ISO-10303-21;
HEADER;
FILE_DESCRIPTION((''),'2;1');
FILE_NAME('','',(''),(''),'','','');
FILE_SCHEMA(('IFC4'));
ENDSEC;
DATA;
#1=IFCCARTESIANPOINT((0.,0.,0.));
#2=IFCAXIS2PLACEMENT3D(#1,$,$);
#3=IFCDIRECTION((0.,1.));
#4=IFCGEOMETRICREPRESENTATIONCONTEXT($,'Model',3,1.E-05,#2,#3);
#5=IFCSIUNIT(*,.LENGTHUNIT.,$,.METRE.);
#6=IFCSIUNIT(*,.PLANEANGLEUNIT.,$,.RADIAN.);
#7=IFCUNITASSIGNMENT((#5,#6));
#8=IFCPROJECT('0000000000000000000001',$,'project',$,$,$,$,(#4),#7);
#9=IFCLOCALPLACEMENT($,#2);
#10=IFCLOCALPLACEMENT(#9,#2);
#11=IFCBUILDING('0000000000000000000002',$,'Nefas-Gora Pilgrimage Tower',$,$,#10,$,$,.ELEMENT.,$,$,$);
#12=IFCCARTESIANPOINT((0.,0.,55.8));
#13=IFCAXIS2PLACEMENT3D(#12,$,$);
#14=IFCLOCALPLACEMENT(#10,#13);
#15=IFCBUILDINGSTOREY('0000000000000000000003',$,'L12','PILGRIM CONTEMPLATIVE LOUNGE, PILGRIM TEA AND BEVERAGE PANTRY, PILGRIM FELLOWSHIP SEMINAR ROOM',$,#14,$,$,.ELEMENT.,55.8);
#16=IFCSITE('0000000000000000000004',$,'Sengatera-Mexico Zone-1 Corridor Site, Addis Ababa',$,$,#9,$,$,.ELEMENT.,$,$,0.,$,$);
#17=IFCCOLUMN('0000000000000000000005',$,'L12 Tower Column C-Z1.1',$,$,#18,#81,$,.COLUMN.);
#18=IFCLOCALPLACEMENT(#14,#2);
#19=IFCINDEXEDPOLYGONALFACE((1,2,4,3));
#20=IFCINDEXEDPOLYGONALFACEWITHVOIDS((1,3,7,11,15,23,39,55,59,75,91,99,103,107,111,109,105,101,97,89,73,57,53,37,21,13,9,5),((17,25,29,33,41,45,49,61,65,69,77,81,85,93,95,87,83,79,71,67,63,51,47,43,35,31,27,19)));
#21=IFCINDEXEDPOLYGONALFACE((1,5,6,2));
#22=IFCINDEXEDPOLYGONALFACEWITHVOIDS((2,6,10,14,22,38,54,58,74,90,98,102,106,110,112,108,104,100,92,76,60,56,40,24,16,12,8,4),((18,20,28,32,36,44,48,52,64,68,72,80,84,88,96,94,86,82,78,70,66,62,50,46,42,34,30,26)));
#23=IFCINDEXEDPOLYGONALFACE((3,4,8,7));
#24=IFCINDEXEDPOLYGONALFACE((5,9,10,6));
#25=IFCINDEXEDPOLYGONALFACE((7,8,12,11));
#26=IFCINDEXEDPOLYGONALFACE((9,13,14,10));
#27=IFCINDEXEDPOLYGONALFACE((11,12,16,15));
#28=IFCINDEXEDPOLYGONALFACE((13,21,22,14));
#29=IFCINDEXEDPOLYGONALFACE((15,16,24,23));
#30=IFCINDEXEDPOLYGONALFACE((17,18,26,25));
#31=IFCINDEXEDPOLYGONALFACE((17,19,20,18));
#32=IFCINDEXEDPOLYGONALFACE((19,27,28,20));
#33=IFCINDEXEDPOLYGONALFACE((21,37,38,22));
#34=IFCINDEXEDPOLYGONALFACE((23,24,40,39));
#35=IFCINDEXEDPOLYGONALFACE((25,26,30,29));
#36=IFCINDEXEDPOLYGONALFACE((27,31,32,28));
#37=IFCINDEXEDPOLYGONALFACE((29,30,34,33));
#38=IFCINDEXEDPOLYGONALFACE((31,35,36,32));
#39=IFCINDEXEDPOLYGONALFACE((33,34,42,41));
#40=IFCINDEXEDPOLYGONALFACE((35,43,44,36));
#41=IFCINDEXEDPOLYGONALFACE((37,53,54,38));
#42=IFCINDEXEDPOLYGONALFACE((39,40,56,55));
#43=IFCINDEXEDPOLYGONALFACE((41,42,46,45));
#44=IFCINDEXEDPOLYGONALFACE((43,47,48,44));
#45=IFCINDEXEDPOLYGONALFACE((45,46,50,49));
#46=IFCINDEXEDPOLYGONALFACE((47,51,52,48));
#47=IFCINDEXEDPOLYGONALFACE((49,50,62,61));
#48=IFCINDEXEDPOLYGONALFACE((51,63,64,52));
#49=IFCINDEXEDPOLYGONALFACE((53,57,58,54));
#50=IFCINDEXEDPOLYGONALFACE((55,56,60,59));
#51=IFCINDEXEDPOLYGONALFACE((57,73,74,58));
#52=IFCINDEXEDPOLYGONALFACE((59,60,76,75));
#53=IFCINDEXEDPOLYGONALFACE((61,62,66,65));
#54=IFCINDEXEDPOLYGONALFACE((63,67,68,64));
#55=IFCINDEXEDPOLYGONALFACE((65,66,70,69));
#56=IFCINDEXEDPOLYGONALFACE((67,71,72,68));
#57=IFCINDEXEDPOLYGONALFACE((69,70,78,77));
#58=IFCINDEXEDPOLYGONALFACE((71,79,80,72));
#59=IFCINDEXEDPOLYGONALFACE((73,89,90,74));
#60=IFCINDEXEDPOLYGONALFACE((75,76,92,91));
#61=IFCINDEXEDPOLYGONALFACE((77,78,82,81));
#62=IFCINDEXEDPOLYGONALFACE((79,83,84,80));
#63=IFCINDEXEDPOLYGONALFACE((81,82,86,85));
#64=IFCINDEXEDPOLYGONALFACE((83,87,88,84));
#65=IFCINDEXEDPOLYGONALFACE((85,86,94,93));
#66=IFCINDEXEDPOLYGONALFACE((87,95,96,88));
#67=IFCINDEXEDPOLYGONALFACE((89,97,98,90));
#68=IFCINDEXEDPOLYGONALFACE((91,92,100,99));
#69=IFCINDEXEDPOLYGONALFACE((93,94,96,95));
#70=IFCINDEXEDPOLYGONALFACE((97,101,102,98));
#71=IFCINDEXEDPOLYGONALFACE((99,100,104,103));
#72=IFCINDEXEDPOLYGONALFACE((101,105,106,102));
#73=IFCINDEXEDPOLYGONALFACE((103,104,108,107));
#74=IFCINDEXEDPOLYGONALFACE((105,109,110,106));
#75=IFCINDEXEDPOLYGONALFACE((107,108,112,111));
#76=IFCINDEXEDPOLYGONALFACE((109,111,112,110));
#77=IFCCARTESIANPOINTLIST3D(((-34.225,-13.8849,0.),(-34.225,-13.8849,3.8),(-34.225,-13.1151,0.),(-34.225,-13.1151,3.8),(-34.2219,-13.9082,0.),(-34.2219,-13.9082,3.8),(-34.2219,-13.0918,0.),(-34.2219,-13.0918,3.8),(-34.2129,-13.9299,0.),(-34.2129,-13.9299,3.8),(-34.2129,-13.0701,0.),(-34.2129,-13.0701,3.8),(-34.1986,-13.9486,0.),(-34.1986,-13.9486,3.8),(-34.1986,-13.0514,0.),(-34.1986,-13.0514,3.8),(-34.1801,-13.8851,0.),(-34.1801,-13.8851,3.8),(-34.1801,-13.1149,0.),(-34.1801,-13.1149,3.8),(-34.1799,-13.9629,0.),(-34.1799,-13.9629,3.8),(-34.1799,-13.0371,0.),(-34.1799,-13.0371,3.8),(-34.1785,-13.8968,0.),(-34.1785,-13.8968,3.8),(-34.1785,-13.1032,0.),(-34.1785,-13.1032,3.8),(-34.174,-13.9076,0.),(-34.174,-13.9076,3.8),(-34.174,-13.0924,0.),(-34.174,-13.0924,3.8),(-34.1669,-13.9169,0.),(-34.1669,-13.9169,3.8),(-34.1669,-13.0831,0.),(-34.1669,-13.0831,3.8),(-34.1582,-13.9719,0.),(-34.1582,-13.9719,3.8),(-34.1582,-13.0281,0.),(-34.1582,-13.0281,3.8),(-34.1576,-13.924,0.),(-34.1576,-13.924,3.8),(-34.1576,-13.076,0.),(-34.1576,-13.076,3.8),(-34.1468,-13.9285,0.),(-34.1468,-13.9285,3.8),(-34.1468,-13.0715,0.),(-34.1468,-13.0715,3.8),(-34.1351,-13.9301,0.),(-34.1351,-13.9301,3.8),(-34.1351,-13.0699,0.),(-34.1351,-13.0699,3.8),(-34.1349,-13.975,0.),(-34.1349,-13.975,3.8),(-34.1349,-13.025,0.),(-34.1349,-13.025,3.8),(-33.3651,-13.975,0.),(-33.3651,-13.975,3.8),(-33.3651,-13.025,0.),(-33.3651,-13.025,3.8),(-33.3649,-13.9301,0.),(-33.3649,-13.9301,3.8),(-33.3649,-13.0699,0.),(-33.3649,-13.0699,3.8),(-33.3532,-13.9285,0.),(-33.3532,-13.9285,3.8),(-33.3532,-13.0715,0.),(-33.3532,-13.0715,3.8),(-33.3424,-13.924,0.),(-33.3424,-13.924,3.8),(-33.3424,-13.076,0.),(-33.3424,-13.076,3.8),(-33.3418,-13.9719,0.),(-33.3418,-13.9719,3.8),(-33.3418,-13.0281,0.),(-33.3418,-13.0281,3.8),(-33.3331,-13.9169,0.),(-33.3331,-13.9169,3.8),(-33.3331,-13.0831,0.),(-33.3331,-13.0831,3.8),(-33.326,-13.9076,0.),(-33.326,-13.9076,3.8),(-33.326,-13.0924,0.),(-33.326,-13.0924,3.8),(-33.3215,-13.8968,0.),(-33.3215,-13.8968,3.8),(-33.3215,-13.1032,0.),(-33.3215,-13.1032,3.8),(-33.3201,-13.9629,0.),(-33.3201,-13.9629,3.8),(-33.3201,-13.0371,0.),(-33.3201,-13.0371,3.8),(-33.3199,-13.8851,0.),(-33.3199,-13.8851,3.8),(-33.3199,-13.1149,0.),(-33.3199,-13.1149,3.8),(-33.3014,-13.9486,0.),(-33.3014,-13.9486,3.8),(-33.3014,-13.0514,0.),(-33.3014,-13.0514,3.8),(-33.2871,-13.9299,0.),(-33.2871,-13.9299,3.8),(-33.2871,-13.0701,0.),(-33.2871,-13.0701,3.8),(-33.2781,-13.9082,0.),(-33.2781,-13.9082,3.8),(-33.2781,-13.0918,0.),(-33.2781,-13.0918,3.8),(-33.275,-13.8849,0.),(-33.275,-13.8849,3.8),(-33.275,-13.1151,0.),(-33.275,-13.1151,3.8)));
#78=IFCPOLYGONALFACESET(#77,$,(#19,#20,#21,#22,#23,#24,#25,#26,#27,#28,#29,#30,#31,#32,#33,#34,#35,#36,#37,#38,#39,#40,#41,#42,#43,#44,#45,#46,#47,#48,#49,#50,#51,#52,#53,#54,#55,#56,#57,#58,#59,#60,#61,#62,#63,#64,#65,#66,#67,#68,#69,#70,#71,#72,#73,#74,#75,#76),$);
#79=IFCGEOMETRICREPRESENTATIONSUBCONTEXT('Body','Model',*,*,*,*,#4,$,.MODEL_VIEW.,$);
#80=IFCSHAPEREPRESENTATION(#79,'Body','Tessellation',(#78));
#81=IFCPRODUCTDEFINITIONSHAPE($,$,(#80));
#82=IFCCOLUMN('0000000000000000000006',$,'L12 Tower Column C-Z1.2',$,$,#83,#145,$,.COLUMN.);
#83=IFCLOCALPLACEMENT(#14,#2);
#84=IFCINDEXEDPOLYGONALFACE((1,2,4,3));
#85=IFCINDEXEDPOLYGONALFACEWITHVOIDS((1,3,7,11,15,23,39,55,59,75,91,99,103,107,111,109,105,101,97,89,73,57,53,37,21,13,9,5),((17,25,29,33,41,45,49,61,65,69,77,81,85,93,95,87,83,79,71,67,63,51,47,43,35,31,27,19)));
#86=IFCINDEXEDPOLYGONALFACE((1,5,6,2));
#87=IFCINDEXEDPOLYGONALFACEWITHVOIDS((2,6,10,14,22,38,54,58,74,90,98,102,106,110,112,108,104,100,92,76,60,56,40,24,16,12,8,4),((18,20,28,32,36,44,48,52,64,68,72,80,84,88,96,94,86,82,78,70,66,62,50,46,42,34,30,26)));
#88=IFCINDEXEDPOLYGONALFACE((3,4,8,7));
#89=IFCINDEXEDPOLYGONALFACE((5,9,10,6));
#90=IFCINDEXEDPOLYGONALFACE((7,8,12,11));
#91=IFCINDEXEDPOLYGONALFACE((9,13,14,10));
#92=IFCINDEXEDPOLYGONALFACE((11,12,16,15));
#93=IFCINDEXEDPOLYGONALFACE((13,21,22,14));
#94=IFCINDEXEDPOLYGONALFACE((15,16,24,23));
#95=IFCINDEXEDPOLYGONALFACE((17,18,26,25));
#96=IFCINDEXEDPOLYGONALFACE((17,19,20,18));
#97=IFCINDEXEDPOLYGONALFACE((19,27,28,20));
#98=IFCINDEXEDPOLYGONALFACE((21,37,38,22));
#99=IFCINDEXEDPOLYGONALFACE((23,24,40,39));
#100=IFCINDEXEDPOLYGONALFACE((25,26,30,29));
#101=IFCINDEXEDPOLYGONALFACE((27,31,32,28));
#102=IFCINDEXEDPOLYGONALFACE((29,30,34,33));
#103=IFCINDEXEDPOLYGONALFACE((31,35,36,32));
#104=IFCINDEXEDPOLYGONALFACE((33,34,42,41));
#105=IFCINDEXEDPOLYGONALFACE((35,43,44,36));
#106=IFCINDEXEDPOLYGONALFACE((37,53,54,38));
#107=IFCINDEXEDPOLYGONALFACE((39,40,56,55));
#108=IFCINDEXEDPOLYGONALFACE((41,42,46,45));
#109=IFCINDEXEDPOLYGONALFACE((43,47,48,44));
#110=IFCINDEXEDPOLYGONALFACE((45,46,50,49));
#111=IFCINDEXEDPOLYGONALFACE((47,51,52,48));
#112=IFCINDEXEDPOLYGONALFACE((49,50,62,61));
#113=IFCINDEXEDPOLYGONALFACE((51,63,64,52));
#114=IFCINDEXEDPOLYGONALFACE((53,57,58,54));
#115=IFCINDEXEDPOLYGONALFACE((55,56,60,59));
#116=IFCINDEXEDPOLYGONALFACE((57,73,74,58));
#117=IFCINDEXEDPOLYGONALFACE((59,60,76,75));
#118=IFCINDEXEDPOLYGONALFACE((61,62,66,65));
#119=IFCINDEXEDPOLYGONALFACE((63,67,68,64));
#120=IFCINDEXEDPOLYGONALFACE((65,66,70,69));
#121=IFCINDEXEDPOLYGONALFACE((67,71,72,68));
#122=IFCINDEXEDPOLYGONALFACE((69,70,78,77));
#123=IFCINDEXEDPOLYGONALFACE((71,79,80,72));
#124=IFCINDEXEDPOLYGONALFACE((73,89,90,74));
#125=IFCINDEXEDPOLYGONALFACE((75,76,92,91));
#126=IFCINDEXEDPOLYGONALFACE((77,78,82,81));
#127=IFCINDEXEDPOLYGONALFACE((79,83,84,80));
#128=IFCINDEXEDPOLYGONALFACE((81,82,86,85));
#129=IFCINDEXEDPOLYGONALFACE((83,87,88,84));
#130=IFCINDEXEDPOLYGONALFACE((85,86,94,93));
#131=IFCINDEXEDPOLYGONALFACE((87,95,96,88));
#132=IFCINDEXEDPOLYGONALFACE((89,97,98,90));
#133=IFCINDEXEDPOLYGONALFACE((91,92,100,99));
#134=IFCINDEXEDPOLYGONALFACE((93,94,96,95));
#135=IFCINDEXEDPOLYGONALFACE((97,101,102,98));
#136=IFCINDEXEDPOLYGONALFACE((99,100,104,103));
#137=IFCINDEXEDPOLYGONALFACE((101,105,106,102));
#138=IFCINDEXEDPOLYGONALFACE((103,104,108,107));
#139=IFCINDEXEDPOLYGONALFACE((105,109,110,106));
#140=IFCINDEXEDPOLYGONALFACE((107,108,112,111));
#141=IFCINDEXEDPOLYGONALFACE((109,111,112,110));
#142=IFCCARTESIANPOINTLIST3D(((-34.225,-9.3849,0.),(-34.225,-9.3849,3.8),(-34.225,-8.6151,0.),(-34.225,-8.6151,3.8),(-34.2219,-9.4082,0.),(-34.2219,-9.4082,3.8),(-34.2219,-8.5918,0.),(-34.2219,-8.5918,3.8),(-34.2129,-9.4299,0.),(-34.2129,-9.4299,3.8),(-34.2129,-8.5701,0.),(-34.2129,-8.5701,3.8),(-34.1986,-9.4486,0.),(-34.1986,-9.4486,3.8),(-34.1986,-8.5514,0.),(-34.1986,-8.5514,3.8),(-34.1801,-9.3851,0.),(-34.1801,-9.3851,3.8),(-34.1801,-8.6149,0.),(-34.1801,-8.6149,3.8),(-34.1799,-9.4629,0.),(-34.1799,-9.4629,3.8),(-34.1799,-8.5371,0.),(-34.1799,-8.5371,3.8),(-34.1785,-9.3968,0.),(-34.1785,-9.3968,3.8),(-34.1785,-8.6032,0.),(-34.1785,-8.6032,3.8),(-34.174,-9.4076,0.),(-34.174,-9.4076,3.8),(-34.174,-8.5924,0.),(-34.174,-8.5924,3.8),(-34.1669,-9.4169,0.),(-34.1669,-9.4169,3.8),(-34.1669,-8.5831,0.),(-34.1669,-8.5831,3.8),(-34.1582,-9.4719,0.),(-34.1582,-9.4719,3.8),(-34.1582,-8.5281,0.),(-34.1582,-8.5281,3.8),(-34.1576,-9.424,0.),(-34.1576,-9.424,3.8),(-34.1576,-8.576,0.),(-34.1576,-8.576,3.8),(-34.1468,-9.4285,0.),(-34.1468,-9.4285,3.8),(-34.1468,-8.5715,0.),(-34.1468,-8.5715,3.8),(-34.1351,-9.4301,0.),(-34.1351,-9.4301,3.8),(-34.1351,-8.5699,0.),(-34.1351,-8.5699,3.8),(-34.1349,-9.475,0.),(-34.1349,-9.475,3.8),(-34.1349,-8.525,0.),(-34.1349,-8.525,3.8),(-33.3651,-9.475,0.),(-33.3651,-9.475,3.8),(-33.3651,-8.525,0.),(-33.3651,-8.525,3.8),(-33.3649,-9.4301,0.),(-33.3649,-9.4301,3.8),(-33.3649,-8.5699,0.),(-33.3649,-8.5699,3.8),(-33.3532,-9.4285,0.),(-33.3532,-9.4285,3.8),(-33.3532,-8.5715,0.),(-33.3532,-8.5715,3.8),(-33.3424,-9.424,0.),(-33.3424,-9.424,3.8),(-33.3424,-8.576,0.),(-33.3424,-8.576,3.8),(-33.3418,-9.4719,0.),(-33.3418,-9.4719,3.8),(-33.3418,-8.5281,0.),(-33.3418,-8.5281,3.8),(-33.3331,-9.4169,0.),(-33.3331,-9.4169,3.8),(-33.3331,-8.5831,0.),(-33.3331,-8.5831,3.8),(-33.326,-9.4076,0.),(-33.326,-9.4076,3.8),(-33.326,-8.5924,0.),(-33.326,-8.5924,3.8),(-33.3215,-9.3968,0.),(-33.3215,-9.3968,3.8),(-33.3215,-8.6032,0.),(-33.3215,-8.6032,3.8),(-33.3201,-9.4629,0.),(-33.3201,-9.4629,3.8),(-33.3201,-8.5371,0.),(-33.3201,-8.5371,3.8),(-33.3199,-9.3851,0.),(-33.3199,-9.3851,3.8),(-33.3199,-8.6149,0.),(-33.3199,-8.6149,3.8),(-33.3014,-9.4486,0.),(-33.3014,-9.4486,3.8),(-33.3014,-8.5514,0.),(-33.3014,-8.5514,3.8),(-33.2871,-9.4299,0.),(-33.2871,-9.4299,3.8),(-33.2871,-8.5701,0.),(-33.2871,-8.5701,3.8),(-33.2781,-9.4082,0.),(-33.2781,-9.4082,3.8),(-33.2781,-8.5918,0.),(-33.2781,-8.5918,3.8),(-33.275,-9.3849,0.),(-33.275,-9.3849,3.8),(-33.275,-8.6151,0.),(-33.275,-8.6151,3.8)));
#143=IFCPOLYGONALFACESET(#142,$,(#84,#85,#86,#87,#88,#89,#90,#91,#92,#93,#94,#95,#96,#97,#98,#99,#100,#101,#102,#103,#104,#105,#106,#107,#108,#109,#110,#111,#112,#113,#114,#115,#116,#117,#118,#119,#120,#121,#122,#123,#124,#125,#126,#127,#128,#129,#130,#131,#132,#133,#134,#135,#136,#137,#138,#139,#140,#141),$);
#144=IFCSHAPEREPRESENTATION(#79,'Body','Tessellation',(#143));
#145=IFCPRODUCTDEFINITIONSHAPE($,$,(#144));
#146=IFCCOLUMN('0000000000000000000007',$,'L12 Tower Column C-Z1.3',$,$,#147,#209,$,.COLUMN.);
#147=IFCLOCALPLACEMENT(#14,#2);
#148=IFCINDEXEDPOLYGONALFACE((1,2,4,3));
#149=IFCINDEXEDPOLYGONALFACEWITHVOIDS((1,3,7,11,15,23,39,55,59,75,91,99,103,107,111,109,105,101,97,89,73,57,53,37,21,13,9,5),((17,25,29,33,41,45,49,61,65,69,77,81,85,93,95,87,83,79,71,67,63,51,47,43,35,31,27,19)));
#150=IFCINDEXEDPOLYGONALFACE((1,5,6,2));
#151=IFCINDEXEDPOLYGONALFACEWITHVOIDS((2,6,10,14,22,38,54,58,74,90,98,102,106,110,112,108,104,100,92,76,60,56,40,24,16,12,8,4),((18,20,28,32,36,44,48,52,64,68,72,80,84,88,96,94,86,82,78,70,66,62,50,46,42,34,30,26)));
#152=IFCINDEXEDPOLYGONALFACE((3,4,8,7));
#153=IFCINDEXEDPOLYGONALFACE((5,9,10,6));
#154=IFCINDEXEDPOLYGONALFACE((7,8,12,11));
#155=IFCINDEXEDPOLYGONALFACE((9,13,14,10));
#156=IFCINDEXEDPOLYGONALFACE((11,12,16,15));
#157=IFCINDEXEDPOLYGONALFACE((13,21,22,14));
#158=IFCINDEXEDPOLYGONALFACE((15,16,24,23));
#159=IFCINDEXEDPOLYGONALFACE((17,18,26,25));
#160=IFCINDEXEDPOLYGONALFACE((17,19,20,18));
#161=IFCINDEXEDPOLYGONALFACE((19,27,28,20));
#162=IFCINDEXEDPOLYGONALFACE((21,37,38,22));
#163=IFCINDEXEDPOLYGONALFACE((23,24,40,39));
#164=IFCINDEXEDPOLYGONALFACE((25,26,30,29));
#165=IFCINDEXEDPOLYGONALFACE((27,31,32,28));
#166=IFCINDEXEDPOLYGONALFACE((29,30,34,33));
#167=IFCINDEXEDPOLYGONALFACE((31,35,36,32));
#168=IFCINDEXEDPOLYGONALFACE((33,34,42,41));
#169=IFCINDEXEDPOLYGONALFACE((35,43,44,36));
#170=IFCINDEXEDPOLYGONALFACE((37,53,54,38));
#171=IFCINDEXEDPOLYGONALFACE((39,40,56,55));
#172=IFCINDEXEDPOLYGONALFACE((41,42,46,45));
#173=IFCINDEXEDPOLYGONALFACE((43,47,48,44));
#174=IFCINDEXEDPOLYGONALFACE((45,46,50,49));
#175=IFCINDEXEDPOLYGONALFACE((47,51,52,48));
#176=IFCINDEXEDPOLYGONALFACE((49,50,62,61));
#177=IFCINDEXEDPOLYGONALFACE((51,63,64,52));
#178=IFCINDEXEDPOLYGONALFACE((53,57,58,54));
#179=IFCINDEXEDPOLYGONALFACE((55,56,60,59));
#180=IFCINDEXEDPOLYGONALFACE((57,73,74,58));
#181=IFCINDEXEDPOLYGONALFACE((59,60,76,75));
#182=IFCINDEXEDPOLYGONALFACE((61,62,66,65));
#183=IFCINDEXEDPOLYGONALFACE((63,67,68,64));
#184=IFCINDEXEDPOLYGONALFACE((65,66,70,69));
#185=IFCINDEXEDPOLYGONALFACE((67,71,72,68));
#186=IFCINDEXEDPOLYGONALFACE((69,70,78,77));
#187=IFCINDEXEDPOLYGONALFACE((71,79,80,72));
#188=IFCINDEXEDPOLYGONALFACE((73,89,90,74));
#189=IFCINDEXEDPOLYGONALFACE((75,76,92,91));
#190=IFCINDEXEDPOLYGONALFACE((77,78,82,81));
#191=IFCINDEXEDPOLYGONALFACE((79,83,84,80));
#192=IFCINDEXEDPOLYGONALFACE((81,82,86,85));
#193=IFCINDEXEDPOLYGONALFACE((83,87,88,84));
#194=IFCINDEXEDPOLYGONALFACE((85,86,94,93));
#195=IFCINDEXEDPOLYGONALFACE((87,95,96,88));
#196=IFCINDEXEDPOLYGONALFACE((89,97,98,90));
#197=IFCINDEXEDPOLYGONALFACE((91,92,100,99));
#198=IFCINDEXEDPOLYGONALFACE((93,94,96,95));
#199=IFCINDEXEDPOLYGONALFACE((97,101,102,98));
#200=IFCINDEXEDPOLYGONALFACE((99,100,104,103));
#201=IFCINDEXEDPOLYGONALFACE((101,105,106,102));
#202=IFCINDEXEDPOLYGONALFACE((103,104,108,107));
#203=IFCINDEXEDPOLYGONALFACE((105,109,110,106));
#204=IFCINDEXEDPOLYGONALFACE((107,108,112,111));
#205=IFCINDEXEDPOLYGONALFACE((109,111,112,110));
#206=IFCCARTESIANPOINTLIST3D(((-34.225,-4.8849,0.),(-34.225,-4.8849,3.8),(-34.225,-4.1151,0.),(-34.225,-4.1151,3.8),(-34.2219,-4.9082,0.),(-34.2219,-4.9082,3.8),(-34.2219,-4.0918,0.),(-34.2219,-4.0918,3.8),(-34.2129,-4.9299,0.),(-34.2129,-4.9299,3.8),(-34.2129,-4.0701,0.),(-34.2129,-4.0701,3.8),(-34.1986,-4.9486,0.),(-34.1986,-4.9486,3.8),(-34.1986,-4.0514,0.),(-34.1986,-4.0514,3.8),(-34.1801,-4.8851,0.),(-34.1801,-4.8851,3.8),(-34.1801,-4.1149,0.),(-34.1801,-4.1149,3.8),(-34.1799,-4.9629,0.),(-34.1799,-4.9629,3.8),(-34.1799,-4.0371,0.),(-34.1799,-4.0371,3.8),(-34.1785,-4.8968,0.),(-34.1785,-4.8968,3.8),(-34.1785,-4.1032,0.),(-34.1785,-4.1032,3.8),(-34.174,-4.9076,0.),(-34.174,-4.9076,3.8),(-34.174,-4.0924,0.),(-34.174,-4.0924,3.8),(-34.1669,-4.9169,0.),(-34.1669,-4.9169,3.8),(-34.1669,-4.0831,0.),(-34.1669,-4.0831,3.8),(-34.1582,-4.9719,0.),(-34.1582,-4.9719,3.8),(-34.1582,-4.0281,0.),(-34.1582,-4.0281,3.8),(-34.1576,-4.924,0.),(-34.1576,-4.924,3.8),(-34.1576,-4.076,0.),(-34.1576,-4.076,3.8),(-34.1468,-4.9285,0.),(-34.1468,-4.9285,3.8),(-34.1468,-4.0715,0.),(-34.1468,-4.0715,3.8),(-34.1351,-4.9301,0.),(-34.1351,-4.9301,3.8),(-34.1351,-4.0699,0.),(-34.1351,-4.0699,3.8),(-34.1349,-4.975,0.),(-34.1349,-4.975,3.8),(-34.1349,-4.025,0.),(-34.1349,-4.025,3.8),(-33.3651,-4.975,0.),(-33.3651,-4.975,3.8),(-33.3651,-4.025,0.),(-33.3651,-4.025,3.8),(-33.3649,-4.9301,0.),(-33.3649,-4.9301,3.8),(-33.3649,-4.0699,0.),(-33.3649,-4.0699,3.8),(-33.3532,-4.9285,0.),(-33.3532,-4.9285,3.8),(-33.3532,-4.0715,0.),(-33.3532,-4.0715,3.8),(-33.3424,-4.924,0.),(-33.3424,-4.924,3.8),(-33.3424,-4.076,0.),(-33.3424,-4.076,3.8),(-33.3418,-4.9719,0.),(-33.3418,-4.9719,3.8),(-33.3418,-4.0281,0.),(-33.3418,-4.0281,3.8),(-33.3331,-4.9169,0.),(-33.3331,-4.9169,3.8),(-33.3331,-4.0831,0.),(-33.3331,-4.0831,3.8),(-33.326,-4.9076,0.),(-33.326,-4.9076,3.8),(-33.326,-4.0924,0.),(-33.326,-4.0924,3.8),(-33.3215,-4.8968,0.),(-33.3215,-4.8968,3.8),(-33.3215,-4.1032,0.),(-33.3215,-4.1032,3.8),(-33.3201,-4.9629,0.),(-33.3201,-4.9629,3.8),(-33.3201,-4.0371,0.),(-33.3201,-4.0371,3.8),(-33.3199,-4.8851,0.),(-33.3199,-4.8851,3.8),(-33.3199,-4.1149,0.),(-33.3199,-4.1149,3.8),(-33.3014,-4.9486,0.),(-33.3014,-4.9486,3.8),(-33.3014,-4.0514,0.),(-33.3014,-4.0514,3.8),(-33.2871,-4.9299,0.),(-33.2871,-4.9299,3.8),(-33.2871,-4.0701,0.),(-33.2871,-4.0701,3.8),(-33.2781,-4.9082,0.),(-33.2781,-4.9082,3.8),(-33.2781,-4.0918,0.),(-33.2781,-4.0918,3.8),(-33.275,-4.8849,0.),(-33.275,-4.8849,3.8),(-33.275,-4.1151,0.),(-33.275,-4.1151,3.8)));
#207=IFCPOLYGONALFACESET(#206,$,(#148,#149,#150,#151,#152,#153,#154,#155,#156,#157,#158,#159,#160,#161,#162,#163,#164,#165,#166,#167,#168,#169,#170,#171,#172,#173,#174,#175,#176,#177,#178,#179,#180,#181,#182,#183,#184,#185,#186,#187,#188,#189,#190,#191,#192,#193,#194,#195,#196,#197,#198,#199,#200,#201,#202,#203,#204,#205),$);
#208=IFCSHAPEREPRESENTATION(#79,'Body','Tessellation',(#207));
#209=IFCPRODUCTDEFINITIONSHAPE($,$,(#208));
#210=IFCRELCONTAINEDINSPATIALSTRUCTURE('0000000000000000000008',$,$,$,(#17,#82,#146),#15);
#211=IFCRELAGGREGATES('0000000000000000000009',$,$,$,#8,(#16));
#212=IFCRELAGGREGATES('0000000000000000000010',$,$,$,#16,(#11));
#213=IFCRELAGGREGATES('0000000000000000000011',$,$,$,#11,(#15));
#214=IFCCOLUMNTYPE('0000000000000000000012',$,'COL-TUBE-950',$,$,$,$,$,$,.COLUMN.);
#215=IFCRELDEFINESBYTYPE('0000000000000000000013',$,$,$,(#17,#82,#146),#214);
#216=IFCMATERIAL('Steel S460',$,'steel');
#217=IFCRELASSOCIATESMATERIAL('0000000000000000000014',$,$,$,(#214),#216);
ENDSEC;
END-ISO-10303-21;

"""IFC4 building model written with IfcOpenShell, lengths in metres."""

from ifc_helpers import new_model, si_unit, direction, frame, origin, origin_2d, place, context, subcontext, project, spatial, hollow_rectangle, extrude, source, transform, mapped, material, material_profile, profile_set, type_object, element, save


model = new_model("IFC4")

# Units and contexts
model_context = context("Model", 3, precision=1e-05, world=origin(), true_north=direction((0.0, 1.0)))
body_context = subcontext(model_context, "Body", "Model", "MODEL_VIEW")
ifc_project = project(units=[si_unit("LENGTHUNIT", "METRE"), si_unit("PLANEANGLEUNIT", "RADIAN")], contexts=[model_context])

# Site, building, storey
site_placement = place(None, origin())
site = spatial("IfcSite", under=ifc_project, at=site_placement, Name="Sengatera-Mexico Zone-1 Corridor Site, Addis Ababa", CompositionType="ELEMENT", RefElevation=0.0)
building_placement = place(site_placement, origin())
building = spatial("IfcBuilding", under=site, at=building_placement, Name="Nefas-Gora Pilgrimage Tower", CompositionType="ELEMENT")
storey_placement = place(building_placement, frame((0.0, 0.0, 55.8)))
storey = spatial("IfcBuildingStorey", under=building, at=storey_placement, Name="L12", Description="PILGRIM CONTEMPLATIVE LOUNGE, PILGRIM TEA AND BEVERAGE PANTRY, PILGRIM FELLOWSHIP SEMINAR ROOM", CompositionType="ELEMENT", Elevation=55.8)

# Columns
ifc_material_1 = material(Name="Steel S460", Category="steel")
ifc_material_profile_1 = material_profile(ifc_material_1, hollow_rectangle(XDim=0.95, YDim=0.95, WallThickness=0.0449, InnerFilletRadius=0.0449, OuterFilletRadius=0.0901, at=origin_2d()), Name="BOX 950x950x45")
ifc_profile_set_1 = profile_set([ifc_material_profile_1], Name="Steel S460")
column_type_1 = type_object("IfcColumnType", Name="COL-TUBE-950", PredefinedType="COLUMN", material=ifc_profile_set_1)
shared_shape_1 = source(origin(), body_context, "Body", "SweptSolid", [
    extrude(hollow_rectangle(XDim=0.95, YDim=0.95, WallThickness=0.0449, InnerFilletRadius=0.0449, OuterFilletRadius=0.0901, at=origin_2d()), origin(), (0.0, 0.0, 1.0), 3.8),
])
for number, where, z_axis, x_axis, name in (
    (1, (-33.75, -13.5, 0.0), (0.0, 0.0, 1.0), (1.0, 0.0, 0.0), "L12 Tower Column C-Z1.1"),
    (2, (-33.75, -9.0, 0.0), (0.0, 0.0, 1.0), (1.0, 0.0, 0.0), "L12 Tower Column C-Z1.2"),
    (3, (-33.75, -4.5, 0.0), (0.0, 0.0, 1.0), (1.0, 0.0, 0.0), "L12 Tower Column C-Z1.3"),
):
    element("IfcColumn", number, at=place(storey_placement, frame(where, z_axis=z_axis, x_axis=x_axis)), inside=storey, type_object=column_type_1, Name=name, PredefinedType="COLUMN", context=body_context, shape_type="MappedRepresentation", body=[
        mapped(shared_shape_1, transform((0.0, 0.0, 0.0), x_axis=(1.0, 0.0, 0.0), y_axis=(0.0, 1.0, 0.0), z_axis=(0.0, 0.0, 1.0), scale=1.0)),
    ])

save(model, "model.ifc")
